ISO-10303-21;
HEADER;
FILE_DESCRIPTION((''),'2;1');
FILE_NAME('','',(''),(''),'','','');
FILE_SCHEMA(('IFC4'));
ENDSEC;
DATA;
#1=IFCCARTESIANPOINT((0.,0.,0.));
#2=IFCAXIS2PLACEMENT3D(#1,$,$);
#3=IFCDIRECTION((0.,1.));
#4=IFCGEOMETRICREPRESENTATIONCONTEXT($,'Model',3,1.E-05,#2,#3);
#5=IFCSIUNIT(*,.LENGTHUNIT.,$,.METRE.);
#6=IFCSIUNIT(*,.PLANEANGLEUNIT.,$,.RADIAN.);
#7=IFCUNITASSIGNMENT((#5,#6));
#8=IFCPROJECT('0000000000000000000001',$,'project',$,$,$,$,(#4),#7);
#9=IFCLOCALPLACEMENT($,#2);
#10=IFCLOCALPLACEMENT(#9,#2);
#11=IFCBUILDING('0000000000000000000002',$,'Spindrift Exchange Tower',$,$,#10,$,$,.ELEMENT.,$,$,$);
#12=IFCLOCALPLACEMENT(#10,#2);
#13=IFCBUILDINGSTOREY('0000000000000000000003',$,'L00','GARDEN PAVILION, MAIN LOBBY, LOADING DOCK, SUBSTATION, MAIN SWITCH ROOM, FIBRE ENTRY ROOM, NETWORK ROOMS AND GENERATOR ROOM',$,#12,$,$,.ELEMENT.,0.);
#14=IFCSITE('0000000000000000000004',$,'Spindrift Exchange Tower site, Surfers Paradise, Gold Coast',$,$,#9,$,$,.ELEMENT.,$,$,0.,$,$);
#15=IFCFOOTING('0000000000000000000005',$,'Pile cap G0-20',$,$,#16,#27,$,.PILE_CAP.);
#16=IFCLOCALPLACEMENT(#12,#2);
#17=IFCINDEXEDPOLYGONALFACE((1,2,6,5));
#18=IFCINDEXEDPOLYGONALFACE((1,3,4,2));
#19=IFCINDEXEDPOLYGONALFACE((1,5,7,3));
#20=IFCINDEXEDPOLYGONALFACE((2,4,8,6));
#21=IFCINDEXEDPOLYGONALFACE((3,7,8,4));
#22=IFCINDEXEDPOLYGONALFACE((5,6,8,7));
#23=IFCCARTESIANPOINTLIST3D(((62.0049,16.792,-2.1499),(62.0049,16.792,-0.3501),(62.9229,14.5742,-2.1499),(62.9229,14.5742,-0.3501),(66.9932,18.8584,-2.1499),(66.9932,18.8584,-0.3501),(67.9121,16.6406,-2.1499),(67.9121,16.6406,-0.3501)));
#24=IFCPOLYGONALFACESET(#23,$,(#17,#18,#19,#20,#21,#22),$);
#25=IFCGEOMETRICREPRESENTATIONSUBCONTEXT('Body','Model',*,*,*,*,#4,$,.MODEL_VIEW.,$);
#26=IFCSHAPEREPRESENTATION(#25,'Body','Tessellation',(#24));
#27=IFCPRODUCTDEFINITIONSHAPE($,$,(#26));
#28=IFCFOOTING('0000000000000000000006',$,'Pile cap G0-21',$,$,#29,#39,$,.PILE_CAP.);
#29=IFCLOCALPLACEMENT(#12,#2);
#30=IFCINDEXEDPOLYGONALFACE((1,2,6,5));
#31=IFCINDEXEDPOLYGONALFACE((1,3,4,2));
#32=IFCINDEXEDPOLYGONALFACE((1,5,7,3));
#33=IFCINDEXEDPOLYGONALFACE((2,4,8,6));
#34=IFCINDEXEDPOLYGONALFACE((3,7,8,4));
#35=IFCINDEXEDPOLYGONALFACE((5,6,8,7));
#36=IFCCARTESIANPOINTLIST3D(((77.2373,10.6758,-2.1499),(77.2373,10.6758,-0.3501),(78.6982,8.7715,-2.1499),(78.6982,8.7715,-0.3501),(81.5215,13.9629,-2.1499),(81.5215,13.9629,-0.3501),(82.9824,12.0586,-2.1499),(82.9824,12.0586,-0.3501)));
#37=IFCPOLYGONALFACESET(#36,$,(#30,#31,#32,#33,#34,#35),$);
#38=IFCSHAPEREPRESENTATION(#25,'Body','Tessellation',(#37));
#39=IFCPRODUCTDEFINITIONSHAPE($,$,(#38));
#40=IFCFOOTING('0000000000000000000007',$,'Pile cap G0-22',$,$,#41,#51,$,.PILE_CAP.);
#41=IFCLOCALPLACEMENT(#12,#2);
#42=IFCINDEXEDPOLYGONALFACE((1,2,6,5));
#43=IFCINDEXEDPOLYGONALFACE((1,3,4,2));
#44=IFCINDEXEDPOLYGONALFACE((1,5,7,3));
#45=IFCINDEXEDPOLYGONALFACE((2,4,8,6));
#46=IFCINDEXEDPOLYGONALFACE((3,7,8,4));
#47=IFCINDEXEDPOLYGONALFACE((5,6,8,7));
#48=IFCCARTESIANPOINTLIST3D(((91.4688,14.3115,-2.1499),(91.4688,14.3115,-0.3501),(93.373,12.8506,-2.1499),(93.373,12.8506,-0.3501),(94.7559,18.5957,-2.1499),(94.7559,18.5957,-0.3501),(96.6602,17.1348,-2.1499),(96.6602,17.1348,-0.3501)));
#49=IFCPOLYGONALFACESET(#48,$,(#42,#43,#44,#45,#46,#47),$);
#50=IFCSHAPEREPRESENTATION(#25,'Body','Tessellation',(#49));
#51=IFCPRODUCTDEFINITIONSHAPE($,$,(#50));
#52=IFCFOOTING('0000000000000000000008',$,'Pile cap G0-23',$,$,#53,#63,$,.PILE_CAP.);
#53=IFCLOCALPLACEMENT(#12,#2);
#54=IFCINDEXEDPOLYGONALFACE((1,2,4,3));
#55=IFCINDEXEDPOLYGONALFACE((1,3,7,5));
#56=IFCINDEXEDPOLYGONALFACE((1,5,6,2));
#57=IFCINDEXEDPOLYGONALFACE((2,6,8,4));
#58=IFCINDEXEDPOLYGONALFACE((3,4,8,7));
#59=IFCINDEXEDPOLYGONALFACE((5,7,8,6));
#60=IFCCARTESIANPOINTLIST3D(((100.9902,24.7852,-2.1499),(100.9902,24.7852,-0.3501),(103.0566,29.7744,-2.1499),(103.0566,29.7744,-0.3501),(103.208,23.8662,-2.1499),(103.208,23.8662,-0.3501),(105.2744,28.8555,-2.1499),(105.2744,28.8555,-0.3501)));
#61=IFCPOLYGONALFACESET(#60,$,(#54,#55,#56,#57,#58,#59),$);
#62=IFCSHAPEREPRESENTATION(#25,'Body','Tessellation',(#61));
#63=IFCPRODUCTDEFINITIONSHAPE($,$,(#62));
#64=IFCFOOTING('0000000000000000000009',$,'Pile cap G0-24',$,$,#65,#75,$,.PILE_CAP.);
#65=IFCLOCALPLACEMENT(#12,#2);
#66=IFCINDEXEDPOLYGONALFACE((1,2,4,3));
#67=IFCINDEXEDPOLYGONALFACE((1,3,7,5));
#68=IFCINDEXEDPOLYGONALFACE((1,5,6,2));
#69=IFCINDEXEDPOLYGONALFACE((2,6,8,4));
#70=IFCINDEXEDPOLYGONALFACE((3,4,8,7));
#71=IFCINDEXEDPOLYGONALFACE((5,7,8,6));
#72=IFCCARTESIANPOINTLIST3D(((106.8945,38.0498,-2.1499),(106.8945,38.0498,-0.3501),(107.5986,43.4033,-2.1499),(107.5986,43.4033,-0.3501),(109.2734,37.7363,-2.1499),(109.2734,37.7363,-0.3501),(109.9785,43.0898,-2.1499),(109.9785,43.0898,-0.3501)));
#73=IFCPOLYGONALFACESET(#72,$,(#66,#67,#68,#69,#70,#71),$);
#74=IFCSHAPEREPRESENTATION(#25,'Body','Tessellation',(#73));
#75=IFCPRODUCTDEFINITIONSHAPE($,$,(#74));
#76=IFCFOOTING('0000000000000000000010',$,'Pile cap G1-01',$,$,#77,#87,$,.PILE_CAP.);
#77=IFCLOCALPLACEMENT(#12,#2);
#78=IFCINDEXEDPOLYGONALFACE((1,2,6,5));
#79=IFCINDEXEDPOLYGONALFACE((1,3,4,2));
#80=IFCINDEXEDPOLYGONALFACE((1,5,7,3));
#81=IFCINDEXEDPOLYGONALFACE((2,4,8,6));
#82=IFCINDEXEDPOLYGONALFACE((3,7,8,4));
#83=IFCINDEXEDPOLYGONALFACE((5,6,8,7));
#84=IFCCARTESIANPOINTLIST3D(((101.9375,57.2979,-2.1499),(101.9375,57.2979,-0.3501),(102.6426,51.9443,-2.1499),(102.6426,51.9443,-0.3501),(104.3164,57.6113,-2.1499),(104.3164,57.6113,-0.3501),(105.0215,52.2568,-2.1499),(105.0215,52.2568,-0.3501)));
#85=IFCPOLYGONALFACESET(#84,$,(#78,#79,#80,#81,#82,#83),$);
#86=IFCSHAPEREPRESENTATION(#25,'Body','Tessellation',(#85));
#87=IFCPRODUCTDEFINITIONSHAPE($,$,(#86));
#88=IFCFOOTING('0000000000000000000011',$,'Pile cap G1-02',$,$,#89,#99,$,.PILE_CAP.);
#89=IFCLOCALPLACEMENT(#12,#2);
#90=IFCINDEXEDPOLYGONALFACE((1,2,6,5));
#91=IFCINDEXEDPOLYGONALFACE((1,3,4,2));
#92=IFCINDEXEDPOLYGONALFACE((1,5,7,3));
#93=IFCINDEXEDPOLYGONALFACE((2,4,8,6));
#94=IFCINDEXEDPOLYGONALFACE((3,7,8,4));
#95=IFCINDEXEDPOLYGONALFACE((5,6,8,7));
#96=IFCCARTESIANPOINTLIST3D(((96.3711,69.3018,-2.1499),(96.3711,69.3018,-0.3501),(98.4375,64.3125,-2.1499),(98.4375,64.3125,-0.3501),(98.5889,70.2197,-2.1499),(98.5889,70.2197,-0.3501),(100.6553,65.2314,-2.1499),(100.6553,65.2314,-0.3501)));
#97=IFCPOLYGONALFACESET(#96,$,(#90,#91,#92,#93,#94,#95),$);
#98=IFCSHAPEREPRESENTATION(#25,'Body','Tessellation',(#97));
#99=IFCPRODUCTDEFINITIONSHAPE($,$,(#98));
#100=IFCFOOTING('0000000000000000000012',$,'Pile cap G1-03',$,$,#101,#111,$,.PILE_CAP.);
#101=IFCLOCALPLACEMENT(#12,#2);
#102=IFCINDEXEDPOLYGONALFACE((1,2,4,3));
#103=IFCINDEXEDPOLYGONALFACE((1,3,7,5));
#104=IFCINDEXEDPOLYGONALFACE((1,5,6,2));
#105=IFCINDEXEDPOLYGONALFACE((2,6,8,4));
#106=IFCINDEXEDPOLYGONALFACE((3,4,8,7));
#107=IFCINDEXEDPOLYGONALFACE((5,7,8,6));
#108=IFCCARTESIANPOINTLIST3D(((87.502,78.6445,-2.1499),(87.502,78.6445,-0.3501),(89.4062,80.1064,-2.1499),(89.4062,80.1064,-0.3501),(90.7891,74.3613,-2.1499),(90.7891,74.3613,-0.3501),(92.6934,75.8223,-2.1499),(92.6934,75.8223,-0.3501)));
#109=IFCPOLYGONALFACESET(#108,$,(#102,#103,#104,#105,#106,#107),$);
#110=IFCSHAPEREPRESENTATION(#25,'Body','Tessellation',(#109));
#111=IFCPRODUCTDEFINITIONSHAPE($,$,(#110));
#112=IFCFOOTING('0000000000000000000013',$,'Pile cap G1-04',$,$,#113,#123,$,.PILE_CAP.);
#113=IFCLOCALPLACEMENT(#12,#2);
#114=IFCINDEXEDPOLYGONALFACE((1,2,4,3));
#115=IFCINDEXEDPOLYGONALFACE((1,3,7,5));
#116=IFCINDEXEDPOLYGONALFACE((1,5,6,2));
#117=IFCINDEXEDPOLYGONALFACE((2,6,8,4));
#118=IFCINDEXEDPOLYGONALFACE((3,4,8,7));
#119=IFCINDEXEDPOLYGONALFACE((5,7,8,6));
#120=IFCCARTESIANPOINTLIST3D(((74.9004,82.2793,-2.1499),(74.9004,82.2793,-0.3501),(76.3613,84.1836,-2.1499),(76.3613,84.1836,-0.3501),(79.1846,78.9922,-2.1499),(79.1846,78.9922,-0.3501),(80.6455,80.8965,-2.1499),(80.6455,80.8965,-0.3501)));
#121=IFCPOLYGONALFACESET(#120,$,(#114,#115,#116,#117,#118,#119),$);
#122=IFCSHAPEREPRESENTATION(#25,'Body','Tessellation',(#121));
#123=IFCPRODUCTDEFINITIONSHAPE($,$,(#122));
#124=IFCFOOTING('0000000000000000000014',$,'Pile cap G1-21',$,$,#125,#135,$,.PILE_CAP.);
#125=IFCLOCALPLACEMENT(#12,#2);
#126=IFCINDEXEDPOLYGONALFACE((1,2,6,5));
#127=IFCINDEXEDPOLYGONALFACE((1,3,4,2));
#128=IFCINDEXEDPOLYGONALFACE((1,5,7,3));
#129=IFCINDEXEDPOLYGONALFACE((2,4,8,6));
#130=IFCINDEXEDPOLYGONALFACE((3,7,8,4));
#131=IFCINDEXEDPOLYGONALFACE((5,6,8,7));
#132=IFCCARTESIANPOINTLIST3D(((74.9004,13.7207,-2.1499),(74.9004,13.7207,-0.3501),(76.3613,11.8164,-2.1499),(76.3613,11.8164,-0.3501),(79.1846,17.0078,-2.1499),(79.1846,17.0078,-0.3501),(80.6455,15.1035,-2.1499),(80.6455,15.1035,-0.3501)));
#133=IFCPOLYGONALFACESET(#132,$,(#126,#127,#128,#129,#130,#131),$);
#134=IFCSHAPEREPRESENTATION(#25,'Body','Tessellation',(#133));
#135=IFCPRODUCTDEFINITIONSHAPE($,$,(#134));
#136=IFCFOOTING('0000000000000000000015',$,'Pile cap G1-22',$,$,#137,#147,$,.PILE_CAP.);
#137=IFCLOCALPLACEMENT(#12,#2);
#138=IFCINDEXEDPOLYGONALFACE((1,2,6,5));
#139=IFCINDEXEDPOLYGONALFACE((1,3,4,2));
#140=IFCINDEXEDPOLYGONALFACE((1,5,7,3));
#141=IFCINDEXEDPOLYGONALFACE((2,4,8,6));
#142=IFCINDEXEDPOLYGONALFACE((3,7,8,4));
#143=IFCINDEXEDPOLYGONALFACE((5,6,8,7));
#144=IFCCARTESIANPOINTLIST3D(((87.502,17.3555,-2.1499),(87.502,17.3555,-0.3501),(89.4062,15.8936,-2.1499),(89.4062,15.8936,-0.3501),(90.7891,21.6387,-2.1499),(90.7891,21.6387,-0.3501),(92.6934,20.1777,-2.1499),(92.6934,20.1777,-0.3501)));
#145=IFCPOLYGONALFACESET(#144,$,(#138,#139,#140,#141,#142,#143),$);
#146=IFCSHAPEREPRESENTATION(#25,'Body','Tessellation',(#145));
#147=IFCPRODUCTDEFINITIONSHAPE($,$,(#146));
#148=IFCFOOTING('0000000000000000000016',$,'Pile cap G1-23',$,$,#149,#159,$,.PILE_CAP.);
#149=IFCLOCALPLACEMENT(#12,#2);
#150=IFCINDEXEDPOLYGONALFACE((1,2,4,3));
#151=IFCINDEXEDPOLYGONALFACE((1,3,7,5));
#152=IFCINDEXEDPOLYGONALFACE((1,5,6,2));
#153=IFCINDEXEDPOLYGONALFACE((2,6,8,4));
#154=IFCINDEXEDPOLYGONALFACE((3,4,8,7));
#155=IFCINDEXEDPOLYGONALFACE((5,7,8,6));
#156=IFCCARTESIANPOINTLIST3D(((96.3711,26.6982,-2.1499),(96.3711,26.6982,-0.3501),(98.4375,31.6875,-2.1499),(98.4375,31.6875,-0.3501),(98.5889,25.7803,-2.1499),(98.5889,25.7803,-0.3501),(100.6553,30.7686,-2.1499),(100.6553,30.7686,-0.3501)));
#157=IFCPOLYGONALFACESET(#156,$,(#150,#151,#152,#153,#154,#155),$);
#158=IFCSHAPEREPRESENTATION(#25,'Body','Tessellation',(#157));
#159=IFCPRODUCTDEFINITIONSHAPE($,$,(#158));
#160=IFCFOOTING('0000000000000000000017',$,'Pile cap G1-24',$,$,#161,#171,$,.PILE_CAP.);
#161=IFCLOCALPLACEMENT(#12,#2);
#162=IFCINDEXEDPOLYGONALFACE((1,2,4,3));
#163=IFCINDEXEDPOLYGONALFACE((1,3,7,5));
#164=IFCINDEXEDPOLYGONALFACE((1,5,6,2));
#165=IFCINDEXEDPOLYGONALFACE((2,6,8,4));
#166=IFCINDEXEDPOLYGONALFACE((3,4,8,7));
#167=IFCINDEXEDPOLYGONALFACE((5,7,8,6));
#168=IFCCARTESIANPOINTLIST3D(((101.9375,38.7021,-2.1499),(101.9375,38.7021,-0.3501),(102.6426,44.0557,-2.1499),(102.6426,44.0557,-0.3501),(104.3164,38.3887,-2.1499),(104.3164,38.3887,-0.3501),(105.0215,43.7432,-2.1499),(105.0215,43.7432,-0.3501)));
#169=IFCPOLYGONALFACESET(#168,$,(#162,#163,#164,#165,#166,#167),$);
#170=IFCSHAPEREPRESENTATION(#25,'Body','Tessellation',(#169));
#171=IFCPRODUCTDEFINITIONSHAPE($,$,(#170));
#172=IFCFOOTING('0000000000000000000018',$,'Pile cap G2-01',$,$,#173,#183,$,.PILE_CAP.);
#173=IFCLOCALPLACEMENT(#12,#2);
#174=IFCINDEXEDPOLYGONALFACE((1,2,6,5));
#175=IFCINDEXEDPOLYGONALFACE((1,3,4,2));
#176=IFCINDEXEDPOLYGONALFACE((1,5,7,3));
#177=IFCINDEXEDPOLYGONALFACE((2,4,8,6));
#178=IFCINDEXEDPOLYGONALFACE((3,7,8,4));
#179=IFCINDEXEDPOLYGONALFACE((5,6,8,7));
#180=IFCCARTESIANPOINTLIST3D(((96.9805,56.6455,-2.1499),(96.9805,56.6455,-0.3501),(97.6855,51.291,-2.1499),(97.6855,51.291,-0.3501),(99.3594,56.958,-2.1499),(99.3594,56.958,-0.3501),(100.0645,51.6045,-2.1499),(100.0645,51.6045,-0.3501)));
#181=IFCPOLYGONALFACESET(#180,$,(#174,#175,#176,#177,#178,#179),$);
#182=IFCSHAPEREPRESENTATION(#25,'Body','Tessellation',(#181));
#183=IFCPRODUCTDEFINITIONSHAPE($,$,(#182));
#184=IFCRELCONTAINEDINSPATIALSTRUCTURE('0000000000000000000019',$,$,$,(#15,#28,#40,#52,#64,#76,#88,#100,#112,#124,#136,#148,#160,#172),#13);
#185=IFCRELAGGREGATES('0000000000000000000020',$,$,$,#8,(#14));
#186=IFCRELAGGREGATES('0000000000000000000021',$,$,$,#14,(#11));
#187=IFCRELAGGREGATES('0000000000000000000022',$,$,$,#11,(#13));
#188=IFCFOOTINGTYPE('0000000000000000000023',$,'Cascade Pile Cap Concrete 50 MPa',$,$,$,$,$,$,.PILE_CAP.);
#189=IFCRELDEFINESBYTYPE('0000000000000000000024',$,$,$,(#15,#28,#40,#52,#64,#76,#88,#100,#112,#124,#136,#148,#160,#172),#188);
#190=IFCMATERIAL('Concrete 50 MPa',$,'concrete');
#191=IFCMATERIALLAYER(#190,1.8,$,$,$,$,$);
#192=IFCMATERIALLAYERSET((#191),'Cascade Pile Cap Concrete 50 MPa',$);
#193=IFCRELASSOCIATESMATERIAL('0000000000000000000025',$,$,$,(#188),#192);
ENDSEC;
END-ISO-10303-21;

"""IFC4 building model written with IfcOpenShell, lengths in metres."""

from ifc_helpers import new_model, si_unit, direction, frame, origin, place, context, subcontext, project, spatial, line, indexed_curve, outline, extrude, material, layer, layer_set, type_object, element, save


model = new_model("IFC4")

# Units and contexts
model_context = context("Model", 3, precision=1e-05, world=origin(), true_north=direction((0.0, 1.0)))
body_context = subcontext(model_context, "Body", "Model", "MODEL_VIEW")
ifc_project = project(units=[si_unit("LENGTHUNIT", "METRE"), si_unit("PLANEANGLEUNIT", "RADIAN")], contexts=[model_context])

# Site, building, storey
site_placement = place(None, origin())
site = spatial("IfcSite", under=ifc_project, at=site_placement, Name="Spindrift Exchange Tower site, Surfers Paradise, Gold Coast", CompositionType="ELEMENT", RefElevation=0.0)
building_placement = place(site_placement, origin())
building = spatial("IfcBuilding", under=site, at=building_placement, Name="Spindrift Exchange Tower", CompositionType="ELEMENT")
storey_placement = place(building_placement, origin())
storey = spatial("IfcBuildingStorey", under=building, at=storey_placement, Name="L00", Description="GARDEN PAVILION, MAIN LOBBY, LOADING DOCK, SUBSTATION, MAIN SWITCH ROOM, FIBRE ENTRY ROOM, NETWORK ROOMS AND GENERATOR ROOM", CompositionType="ELEMENT", Elevation=0.0)

# Footings
ifc_material_1 = material(Name="Concrete 50 MPa", Category="concrete")
ifc_layer_1 = layer(ifc_material_1, 1.8)
ifc_layer_set_1 = layer_set([ifc_layer_1], Name="Cascade Pile Cap Concrete 50 MPa")
footing_type = type_object("IfcFootingType", Name="Cascade Pile Cap Concrete 50 MPa", PredefinedType="PILE_CAP", material=ifc_layer_set_1)
footing_1_placement = place(storey_placement, frame((0.0, 0.0, -2.1499)))
element("IfcFooting", 1, at=footing_1_placement, inside=storey, type_object=footing_type, Name="Pile cap G0-20", PredefinedType="PILE_CAP", context=body_context, shape_type="SweptSolid", body=[
    extrude(outline(indexed_curve([(62.0049, 16.792), (66.9932, 18.8584), (67.9121, 16.6406), (62.9229, 14.5742)], segments=[line(1, 2, 3, 4, 1)], self_intersect=False)), origin(), (0.0, 0.0, 1.0), 1.7998),
])
footing_2_placement = place(storey_placement, frame((0.0, 0.0, -2.1499)))
element("IfcFooting", 2, at=footing_2_placement, inside=storey, type_object=footing_type, Name="Pile cap G0-21", PredefinedType="PILE_CAP", context=body_context, shape_type="SweptSolid", body=[
    extrude(outline(indexed_curve([(77.2373, 10.6758), (81.5215, 13.9629), (82.9824, 12.0586), (78.6982, 8.7715)], segments=[line(1, 2, 3, 4, 1)], self_intersect=False)), origin(), (0.0, 0.0, 1.0), 1.7998),
])
footing_3_placement = place(storey_placement, frame((0.0, 0.0, -2.1499)))
element("IfcFooting", 3, at=footing_3_placement, inside=storey, type_object=footing_type, Name="Pile cap G0-22", PredefinedType="PILE_CAP", context=body_context, shape_type="SweptSolid", body=[
    extrude(outline(indexed_curve([(91.4688, 14.3115), (94.7559, 18.5957), (96.6602, 17.1348), (93.373, 12.8506)], segments=[line(1, 2, 3, 4, 1)], self_intersect=False)), origin(), (0.0, 0.0, 1.0), 1.7998),
])
footing_4_placement = place(storey_placement, frame((0.0, 0.0, -2.1499)))
element("IfcFooting", 4, at=footing_4_placement, inside=storey, type_object=footing_type, Name="Pile cap G0-23", PredefinedType="PILE_CAP", context=body_context, shape_type="SweptSolid", body=[
    extrude(outline(indexed_curve([(100.9902, 24.7852), (103.0566, 29.7744), (105.2744, 28.8555), (103.208, 23.8662)], segments=[line(1, 2, 3, 4, 1)], self_intersect=False)), origin(), (0.0, 0.0, 1.0), 1.7998),
])
footing_5_placement = place(storey_placement, frame((0.0, 0.0, -2.1499)))
element("IfcFooting", 5, at=footing_5_placement, inside=storey, type_object=footing_type, Name="Pile cap G0-24", PredefinedType="PILE_CAP", context=body_context, shape_type="SweptSolid", body=[
    extrude(outline(indexed_curve([(106.8945, 38.0498), (107.5986, 43.4033), (109.9785, 43.0898), (109.2734, 37.7363)], segments=[line(1, 2, 3, 4, 1)], self_intersect=False)), origin(), (0.0, 0.0, 1.0), 1.7998),
])
footing_6_placement = place(storey_placement, frame((0.0, 0.0, -2.1499)))
element("IfcFooting", 6, at=footing_6_placement, inside=storey, type_object=footing_type, Name="Pile cap G1-01", PredefinedType="PILE_CAP", context=body_context, shape_type="SweptSolid", body=[
    extrude(outline(indexed_curve([(102.6426, 51.9443), (101.9375, 57.2979), (104.3164, 57.6113), (105.0215, 52.2568)], segments=[line(1, 2, 3, 4, 1)], self_intersect=False)), origin(), (0.0, 0.0, 1.0), 1.7998),
])
footing_7_placement = place(storey_placement, frame((0.0, 0.0, -2.1499)))
element("IfcFooting", 7, at=footing_7_placement, inside=storey, type_object=footing_type, Name="Pile cap G1-02", PredefinedType="PILE_CAP", context=body_context, shape_type="SweptSolid", body=[
    extrude(outline(indexed_curve([(98.4375, 64.3125), (96.3711, 69.3018), (98.5889, 70.2197), (100.6553, 65.2314)], segments=[line(1, 2, 3, 4, 1)], self_intersect=False)), origin(), (0.0, 0.0, 1.0), 1.7998),
])
footing_8_placement = place(storey_placement, frame((0.0, 0.0, -2.1499)))
element("IfcFooting", 8, at=footing_8_placement, inside=storey, type_object=footing_type, Name="Pile cap G1-03", PredefinedType="PILE_CAP", context=body_context, shape_type="SweptSolid", body=[
    extrude(outline(indexed_curve([(90.7891, 74.3613), (87.502, 78.6445), (89.4062, 80.1064), (92.6934, 75.8223)], segments=[line(1, 2, 3, 4, 1)], self_intersect=False)), origin(), (0.0, 0.0, 1.0), 1.7998),
])
footing_9_placement = place(storey_placement, frame((0.0, 0.0, -2.1499)))
element("IfcFooting", 9, at=footing_9_placement, inside=storey, type_object=footing_type, Name="Pile cap G1-04", PredefinedType="PILE_CAP", context=body_context, shape_type="SweptSolid", body=[
    extrude(outline(indexed_curve([(79.1846, 78.9922), (74.9004, 82.2793), (76.3613, 84.1836), (80.6455, 80.8965)], segments=[line(1, 2, 3, 4, 1)], self_intersect=False)), origin(), (0.0, 0.0, 1.0), 1.7998),
])
footing_10_placement = place(storey_placement, frame((0.0, 0.0, -2.1499)))
element("IfcFooting", 10, at=footing_10_placement, inside=storey, type_object=footing_type, Name="Pile cap G1-21", PredefinedType="PILE_CAP", context=body_context, shape_type="SweptSolid", body=[
    extrude(outline(indexed_curve([(74.9004, 13.7207), (79.1846, 17.0078), (80.6455, 15.1035), (76.3613, 11.8164)], segments=[line(1, 2, 3, 4, 1)], self_intersect=False)), origin(), (0.0, 0.0, 1.0), 1.7998),
])
footing_11_placement = place(storey_placement, frame((0.0, 0.0, -2.1499)))
element("IfcFooting", 11, at=footing_11_placement, inside=storey, type_object=footing_type, Name="Pile cap G1-22", PredefinedType="PILE_CAP", context=body_context, shape_type="SweptSolid", body=[
    extrude(outline(indexed_curve([(87.502, 17.3555), (90.7891, 21.6387), (92.6934, 20.1777), (89.4062, 15.8936)], segments=[line(1, 2, 3, 4, 1)], self_intersect=False)), origin(), (0.0, 0.0, 1.0), 1.7998),
])
footing_12_placement = place(storey_placement, frame((0.0, 0.0, -2.1499)))
element("IfcFooting", 12, at=footing_12_placement, inside=storey, type_object=footing_type, Name="Pile cap G1-23", PredefinedType="PILE_CAP", context=body_context, shape_type="SweptSolid", body=[
    extrude(outline(indexed_curve([(96.3711, 26.6982), (98.4375, 31.6875), (100.6553, 30.7686), (98.5889, 25.7803)], segments=[line(1, 2, 3, 4, 1)], self_intersect=False)), origin(), (0.0, 0.0, 1.0), 1.7998),
])
footing_13_placement = place(storey_placement, frame((0.0, 0.0, -2.1499)))
element("IfcFooting", 13, at=footing_13_placement, inside=storey, type_object=footing_type, Name="Pile cap G1-24", PredefinedType="PILE_CAP", context=body_context, shape_type="SweptSolid", body=[
    extrude(outline(indexed_curve([(101.9375, 38.7021), (102.6426, 44.0557), (105.0215, 43.7432), (104.3164, 38.3887)], segments=[line(1, 2, 3, 4, 1)], self_intersect=False)), origin(), (0.0, 0.0, 1.0), 1.7998),
])
footing_14_placement = place(storey_placement, frame((0.0, 0.0, -2.1499)))
element("IfcFooting", 14, at=footing_14_placement, inside=storey, type_object=footing_type, Name="Pile cap G2-01", PredefinedType="PILE_CAP", context=body_context, shape_type="SweptSolid", body=[
    extrude(outline(indexed_curve([(97.6855, 51.291), (96.9805, 56.6455), (99.3594, 56.958), (100.0645, 51.6045)], segments=[line(1, 2, 3, 4, 1)], self_intersect=False)), origin(), (0.0, 0.0, 1.0), 1.7998),
])

save(model, "model.ifc")
